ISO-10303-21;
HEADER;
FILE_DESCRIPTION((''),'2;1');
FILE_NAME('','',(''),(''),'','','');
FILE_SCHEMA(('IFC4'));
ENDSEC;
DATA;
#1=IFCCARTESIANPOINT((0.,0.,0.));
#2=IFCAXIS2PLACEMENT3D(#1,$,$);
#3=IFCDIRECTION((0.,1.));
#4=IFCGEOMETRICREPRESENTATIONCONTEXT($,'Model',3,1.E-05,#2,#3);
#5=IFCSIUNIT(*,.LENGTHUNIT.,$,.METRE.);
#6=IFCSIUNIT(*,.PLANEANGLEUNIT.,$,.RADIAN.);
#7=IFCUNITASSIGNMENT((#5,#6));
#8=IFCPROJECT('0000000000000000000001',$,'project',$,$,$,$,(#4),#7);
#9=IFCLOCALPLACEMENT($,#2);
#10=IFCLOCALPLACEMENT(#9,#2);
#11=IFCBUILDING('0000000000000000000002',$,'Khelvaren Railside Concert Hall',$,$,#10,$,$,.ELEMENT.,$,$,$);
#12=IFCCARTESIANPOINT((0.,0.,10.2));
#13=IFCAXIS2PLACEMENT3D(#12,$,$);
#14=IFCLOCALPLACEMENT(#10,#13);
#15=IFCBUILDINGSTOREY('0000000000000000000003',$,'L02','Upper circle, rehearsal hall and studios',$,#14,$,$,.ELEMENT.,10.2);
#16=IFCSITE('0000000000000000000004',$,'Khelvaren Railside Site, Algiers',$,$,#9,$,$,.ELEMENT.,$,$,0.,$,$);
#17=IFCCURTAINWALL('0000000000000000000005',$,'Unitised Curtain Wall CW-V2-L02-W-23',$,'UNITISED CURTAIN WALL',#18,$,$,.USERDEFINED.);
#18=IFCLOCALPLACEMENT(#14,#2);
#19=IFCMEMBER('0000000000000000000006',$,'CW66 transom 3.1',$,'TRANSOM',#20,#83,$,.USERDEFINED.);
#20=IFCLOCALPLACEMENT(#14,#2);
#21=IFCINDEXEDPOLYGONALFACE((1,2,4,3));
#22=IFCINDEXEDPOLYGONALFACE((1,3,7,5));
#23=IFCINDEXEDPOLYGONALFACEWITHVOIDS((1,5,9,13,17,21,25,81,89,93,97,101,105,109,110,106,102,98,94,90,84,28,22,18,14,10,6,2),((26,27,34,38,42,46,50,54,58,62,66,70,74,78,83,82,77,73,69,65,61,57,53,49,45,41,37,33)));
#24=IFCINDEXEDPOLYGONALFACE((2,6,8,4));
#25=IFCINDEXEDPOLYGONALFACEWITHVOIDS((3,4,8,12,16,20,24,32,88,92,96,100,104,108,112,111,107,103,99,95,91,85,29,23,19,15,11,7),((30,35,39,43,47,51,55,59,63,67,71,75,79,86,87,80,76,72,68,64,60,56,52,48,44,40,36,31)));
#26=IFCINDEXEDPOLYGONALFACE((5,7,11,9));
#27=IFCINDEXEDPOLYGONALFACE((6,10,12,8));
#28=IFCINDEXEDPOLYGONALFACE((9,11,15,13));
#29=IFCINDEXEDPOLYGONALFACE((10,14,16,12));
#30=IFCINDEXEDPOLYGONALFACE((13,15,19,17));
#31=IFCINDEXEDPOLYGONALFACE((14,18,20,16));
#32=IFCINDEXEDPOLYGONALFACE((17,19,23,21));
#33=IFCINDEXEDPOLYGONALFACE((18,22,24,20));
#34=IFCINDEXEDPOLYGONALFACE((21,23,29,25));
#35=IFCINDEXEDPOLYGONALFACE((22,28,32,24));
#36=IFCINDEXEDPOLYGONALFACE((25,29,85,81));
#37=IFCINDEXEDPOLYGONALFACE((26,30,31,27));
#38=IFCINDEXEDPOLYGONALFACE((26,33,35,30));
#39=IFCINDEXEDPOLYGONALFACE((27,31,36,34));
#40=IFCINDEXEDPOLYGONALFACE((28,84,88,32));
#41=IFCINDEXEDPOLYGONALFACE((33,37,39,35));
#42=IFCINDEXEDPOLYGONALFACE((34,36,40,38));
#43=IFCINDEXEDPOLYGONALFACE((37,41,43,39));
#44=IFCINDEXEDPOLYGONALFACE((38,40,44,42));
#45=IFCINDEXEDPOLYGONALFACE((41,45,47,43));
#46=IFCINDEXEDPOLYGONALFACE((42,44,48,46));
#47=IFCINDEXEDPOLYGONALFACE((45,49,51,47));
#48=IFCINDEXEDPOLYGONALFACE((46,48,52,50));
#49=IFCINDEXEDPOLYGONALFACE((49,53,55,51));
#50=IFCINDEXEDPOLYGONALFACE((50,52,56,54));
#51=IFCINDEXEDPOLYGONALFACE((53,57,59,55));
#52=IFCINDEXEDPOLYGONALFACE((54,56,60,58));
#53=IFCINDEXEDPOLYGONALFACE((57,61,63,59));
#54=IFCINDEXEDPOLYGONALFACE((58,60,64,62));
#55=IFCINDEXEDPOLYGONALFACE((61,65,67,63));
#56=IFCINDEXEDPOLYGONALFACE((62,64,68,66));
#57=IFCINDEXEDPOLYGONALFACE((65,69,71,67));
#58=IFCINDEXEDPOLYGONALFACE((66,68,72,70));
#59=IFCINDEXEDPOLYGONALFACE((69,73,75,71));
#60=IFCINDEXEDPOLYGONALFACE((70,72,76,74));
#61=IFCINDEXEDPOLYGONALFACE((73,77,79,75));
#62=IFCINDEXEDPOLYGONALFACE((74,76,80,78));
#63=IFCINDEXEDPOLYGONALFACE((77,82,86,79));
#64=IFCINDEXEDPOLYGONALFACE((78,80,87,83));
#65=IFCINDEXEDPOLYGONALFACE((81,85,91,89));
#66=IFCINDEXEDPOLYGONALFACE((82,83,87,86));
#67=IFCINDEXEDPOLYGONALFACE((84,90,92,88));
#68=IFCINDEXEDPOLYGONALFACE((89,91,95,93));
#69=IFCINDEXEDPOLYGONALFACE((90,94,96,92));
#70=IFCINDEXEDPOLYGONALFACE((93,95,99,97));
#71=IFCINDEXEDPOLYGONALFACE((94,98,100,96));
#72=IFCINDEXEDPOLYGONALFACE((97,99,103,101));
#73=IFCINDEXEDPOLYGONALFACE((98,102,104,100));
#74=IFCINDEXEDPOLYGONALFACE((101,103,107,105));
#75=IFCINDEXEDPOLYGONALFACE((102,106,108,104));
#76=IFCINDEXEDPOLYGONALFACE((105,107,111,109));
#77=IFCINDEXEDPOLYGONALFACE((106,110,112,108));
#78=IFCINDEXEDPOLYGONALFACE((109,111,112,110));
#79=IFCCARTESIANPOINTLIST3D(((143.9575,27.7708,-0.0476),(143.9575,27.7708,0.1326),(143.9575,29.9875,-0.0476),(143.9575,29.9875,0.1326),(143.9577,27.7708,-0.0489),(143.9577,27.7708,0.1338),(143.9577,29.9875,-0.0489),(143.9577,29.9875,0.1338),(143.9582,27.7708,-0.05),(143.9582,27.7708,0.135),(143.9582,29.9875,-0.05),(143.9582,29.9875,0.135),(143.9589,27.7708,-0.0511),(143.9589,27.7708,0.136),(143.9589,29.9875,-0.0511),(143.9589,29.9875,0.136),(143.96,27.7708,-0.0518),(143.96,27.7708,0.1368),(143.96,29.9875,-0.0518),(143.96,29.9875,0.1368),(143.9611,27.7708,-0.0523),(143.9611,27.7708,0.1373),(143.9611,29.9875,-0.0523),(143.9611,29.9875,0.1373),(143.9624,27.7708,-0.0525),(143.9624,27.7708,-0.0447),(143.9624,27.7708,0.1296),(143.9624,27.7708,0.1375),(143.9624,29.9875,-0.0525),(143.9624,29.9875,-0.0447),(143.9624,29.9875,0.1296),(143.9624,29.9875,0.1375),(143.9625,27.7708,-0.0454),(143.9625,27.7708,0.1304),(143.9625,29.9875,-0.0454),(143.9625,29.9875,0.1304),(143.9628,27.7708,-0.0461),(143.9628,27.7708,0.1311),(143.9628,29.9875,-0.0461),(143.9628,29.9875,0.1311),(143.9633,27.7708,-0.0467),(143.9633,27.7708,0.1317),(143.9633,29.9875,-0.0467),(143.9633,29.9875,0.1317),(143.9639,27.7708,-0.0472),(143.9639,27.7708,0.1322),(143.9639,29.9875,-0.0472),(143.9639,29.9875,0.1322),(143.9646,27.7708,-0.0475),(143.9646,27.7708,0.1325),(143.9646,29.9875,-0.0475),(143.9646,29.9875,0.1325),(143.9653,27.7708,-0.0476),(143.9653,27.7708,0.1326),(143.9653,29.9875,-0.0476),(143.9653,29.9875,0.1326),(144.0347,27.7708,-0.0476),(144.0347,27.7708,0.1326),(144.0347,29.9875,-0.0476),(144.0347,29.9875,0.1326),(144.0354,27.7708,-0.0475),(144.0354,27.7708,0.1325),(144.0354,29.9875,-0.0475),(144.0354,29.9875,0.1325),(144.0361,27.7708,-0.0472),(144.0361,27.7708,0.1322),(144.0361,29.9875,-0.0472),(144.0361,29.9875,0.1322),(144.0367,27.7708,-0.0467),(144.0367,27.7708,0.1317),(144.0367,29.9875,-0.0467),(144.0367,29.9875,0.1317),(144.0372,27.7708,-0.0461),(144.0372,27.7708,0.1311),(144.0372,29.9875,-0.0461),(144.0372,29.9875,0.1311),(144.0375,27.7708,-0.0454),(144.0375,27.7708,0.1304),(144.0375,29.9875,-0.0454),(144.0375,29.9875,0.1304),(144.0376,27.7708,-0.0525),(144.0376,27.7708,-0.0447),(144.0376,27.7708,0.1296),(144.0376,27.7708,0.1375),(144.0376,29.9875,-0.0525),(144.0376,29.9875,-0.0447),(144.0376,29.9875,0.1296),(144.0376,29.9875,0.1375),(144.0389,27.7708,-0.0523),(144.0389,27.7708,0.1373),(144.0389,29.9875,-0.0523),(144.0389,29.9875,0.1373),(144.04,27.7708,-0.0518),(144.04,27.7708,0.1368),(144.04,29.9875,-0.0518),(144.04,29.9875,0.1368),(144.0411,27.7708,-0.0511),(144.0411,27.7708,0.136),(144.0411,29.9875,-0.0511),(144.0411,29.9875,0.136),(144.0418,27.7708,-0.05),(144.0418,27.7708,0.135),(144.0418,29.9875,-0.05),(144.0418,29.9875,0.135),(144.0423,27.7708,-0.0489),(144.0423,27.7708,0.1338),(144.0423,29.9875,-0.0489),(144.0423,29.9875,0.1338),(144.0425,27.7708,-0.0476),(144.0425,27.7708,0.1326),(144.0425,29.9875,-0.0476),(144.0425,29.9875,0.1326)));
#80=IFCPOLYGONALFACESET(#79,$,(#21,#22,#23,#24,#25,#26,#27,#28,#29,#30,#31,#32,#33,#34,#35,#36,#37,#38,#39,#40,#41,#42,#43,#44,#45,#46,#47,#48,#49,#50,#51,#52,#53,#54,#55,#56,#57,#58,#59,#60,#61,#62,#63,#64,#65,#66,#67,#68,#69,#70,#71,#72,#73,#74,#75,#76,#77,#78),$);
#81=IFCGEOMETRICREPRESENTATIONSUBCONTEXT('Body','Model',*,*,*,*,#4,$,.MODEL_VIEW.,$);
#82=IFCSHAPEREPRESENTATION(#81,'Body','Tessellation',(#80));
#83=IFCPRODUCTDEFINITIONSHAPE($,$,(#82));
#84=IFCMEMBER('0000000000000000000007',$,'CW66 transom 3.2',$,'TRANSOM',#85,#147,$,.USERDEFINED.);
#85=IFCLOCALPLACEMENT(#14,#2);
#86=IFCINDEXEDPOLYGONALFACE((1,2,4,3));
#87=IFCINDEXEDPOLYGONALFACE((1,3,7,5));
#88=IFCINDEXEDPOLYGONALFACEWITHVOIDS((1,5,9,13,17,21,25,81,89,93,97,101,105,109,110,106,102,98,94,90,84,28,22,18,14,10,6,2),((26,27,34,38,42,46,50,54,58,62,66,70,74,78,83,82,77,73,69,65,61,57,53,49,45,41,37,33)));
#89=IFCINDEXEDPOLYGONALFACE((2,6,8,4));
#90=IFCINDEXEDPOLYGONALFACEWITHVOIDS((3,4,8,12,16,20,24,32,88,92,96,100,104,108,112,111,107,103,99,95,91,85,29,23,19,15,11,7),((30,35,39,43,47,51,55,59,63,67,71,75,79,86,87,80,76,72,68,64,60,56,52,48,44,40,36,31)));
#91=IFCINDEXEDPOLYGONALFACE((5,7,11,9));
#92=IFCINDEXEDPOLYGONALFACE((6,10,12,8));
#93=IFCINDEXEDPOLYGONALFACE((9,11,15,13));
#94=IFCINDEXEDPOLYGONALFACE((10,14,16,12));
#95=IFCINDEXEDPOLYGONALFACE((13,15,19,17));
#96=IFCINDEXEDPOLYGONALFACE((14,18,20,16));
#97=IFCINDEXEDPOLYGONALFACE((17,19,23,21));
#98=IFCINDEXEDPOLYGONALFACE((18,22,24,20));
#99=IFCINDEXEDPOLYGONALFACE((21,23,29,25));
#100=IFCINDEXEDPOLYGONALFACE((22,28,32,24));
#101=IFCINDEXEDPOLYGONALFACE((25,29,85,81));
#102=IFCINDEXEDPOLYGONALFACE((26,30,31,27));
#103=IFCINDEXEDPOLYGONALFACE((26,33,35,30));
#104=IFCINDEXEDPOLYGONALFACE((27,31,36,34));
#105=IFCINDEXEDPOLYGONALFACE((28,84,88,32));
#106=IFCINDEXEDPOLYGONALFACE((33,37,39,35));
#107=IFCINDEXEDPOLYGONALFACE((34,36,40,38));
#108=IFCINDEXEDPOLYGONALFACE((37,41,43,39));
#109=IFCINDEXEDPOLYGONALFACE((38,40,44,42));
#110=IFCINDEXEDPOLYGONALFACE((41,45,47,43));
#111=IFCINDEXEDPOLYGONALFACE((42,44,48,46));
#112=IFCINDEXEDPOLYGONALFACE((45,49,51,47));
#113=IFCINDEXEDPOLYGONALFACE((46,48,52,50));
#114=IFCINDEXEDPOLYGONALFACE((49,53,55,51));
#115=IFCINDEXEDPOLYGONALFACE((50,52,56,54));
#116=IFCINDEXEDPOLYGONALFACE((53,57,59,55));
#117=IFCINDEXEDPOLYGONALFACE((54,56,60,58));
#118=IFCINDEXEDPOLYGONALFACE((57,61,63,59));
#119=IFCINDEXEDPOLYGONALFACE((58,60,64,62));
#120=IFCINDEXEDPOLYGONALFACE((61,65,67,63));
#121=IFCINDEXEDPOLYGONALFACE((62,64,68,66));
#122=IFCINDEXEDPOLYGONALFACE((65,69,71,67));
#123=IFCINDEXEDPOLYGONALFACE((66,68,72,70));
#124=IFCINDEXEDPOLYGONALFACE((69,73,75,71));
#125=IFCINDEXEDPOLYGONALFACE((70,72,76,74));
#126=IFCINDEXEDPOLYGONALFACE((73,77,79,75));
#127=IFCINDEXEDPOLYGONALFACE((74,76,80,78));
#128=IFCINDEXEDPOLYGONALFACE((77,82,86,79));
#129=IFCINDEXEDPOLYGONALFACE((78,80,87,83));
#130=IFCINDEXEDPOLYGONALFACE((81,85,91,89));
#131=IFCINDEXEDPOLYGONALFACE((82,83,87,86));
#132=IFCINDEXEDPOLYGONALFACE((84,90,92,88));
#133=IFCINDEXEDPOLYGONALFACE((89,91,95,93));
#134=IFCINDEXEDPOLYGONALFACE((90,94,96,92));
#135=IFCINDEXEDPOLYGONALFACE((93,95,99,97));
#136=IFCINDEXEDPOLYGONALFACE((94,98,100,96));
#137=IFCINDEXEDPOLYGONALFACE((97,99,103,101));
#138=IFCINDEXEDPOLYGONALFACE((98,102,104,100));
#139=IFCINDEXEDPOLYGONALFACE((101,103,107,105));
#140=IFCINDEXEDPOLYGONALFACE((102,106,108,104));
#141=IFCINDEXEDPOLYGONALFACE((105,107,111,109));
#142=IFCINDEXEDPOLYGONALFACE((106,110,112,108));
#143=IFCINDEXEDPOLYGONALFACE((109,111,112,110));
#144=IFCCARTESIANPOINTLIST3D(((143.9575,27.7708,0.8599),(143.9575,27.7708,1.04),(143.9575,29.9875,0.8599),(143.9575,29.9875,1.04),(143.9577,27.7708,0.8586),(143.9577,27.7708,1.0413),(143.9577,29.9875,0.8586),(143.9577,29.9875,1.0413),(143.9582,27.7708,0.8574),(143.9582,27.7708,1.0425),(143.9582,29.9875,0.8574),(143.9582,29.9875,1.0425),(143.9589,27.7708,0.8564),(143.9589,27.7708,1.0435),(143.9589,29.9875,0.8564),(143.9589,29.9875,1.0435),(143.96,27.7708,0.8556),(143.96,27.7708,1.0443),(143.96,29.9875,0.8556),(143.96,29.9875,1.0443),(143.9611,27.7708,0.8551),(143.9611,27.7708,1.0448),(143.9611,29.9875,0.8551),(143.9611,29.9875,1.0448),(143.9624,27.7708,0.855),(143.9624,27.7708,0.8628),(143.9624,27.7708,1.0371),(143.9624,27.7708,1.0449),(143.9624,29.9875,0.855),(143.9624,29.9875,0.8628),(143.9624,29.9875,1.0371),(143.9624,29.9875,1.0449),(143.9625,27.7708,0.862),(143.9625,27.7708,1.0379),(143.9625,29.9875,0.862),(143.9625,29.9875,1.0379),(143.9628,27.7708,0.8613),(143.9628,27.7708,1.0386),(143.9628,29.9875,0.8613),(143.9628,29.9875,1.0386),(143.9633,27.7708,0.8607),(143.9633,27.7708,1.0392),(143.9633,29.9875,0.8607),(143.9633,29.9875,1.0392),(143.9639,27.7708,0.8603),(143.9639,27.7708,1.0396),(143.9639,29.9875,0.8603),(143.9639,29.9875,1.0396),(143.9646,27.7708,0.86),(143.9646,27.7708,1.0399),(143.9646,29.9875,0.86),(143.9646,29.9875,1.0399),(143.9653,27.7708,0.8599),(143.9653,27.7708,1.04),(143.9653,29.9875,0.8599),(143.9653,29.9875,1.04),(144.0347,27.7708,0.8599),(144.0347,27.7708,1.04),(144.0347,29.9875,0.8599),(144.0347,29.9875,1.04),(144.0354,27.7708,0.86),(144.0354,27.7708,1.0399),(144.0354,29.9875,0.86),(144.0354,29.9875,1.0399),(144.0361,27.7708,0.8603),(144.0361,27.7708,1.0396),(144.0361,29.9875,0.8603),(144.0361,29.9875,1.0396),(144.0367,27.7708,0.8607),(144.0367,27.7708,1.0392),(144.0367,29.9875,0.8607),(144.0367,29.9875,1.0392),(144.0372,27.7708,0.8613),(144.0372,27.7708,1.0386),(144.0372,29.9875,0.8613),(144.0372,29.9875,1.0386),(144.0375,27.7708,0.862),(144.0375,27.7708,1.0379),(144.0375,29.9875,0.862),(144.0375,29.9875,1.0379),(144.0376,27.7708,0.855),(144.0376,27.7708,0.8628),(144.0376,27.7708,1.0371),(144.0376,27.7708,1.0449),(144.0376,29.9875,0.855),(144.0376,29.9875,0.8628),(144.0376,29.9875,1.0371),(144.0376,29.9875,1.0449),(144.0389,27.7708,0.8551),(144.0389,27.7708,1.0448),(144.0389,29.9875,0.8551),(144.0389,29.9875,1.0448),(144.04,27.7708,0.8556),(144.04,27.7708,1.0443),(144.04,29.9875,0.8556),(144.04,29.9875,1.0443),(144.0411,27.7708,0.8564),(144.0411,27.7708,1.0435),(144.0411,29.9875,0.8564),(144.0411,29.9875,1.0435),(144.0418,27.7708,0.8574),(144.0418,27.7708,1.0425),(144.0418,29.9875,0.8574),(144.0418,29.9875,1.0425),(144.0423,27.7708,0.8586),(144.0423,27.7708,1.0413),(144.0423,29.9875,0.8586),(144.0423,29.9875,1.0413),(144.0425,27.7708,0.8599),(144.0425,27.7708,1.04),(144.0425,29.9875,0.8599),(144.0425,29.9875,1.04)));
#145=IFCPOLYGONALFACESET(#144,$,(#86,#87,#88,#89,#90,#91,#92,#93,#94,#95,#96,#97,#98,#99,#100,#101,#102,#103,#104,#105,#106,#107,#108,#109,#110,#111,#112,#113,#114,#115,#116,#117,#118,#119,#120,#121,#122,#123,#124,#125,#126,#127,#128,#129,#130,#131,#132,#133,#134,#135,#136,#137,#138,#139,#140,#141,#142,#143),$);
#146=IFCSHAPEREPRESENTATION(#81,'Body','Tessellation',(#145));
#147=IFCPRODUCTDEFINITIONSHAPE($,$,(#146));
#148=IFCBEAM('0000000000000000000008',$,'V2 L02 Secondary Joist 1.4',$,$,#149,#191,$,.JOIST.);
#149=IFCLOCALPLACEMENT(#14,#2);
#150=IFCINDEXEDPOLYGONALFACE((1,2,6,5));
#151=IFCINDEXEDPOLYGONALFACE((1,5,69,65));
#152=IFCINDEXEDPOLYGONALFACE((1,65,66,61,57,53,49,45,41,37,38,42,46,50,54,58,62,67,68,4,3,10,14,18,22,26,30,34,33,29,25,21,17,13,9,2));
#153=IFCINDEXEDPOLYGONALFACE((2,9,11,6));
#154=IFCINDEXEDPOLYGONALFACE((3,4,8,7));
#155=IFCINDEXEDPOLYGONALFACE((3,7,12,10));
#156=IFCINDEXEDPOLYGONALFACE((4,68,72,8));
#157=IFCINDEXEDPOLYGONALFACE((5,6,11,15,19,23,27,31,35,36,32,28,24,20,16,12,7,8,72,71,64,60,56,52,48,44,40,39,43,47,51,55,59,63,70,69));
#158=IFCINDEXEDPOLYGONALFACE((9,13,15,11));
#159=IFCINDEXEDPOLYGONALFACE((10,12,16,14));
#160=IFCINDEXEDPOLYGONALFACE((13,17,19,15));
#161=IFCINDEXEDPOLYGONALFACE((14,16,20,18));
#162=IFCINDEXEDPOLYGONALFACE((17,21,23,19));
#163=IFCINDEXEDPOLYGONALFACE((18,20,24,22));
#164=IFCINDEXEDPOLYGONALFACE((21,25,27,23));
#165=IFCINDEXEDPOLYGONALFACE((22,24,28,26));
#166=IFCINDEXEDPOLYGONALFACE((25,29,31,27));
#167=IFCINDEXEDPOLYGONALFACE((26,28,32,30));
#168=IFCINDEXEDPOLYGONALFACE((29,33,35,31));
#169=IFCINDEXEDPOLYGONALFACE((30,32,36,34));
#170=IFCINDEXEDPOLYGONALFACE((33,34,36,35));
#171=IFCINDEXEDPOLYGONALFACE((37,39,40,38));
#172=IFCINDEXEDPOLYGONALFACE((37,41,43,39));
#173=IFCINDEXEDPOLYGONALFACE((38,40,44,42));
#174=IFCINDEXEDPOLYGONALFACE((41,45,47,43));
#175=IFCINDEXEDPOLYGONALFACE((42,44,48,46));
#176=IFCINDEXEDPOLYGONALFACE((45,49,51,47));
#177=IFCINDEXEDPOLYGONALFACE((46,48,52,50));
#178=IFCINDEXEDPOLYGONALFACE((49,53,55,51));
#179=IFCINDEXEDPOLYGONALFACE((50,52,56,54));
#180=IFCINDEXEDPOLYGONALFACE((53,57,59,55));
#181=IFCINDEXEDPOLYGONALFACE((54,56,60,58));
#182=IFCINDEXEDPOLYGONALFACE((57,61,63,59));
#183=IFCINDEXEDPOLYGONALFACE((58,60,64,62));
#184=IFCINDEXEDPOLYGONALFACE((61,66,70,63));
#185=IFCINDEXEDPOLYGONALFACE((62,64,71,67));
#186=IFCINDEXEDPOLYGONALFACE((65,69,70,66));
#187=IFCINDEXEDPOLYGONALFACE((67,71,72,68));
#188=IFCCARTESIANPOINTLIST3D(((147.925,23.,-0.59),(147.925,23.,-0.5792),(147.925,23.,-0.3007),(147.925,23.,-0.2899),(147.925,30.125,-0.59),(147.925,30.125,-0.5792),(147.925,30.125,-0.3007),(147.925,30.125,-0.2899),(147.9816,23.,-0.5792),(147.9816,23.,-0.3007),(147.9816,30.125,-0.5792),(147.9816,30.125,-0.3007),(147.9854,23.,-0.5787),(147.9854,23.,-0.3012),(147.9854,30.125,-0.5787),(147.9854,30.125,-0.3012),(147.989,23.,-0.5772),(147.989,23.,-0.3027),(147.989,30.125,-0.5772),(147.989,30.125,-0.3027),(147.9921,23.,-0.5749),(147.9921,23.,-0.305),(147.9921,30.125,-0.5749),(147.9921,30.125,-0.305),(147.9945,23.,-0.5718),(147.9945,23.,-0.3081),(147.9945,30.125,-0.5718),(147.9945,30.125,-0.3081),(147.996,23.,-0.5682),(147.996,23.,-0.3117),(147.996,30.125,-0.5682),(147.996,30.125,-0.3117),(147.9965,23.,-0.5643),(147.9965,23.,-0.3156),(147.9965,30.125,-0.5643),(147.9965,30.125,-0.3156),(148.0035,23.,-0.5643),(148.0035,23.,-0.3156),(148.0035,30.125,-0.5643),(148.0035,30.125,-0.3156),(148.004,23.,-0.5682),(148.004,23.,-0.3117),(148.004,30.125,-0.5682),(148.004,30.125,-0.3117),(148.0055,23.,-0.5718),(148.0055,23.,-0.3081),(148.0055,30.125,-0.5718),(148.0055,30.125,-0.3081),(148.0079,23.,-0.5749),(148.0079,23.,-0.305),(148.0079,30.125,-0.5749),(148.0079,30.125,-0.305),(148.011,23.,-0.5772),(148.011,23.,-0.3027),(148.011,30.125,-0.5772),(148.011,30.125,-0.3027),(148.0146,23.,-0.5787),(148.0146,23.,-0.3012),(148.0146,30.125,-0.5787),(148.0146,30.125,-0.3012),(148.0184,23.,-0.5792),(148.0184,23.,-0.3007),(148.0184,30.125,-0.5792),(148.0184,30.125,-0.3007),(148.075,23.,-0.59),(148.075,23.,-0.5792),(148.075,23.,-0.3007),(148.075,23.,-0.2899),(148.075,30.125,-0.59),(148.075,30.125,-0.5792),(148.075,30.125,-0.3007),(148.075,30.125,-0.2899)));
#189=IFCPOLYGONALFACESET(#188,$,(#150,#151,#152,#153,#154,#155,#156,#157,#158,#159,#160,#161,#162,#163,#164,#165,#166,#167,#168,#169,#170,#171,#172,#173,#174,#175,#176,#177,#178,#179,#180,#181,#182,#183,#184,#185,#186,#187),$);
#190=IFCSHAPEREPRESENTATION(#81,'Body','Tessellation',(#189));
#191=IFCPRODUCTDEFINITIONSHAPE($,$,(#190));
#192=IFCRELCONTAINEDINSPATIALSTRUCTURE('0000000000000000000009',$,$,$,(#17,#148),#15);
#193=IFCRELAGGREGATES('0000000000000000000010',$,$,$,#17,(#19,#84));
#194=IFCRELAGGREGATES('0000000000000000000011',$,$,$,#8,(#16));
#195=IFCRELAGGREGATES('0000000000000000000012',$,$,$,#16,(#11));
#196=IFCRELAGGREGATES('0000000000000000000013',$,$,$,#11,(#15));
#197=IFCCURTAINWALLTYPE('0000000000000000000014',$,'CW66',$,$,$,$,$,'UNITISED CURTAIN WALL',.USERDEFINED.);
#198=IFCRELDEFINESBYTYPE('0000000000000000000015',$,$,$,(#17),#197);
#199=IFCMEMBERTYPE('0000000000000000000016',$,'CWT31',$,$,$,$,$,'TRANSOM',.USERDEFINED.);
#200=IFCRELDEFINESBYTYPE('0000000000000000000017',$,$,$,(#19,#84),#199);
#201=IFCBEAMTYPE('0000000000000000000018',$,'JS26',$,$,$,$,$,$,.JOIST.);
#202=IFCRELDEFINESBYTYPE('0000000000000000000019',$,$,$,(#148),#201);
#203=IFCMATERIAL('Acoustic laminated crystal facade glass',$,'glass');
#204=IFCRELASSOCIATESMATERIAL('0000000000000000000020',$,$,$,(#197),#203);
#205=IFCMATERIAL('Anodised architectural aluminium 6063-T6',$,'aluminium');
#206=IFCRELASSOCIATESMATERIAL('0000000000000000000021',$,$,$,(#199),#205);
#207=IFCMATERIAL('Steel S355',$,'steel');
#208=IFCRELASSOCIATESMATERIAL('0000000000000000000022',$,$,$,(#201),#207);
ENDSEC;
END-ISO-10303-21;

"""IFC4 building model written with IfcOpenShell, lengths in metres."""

from ifc_helpers import new_model, si_unit, direction, frame, origin, origin_2d, place, context, subcontext, project, spatial, hollow_rectangle, i_section, extrude, material, material_profile, profile_set, type_object, element, aggregate, save


model = new_model("IFC4")

# Units and contexts
model_context = context("Model", 3, precision=1e-05, world=origin(), true_north=direction((0.0, 1.0)))
body_context = subcontext(model_context, "Body", "Model", "MODEL_VIEW")
ifc_project = project(units=[si_unit("LENGTHUNIT", "METRE"), si_unit("PLANEANGLEUNIT", "RADIAN")], contexts=[model_context])

# Site, building, storey
site_placement = place(None, origin())
site = spatial("IfcSite", under=ifc_project, at=site_placement, Name="Khelvaren Railside Site, Algiers", CompositionType="ELEMENT", RefElevation=0.0)
building_placement = place(site_placement, origin())
building = spatial("IfcBuilding", under=site, at=building_placement, Name="Khelvaren Railside Concert Hall", CompositionType="ELEMENT")
storey_placement = place(building_placement, frame((0.0, 0.0, 10.2)))
storey = spatial("IfcBuildingStorey", under=building, at=storey_placement, Name="L02", Description="Upper circle, rehearsal hall and studios", CompositionType="ELEMENT", Elevation=10.2)

# Shared definitions
ifc_material_1 = material(Name="Steel S355", Category="steel")

# Curtain wall, members
ifc_material_2 = material(Name="Acoustic laminated crystal facade glass", Category="glass")
curtain_wall_type = type_object("IfcCurtainWallType", Name="CW66", ElementType="UNITISED CURTAIN WALL", PredefinedType="USERDEFINED", material=ifc_material_2)
curtain_wall_placement = place(storey_placement, origin())
curtain_wall = element("IfcCurtainWall", 1, at=curtain_wall_placement, inside=storey, type_object=curtain_wall_type, Name="Unitised Curtain Wall CW-V2-L02-W-23", ObjectType="UNITISED CURTAIN WALL", PredefinedType="USERDEFINED")
ifc_material_3 = material(Name="Anodised architectural aluminium 6063-T6", Category="aluminium")
ifc_material_profile_1 = material_profile(ifc_material_3, hollow_rectangle(XDim=0.085, YDim=0.1899, WallThickness=0.0049, InnerFilletRadius=0.0029, OuterFilletRadius=0.0049, at=origin_2d()), Name="CWT 85x190x5")
ifc_profile_set_1 = profile_set([ifc_material_profile_1], Name="Anodised architectural aluminium 6063-T6")
member_type_1 = type_object("IfcMemberType", Name="CWT31", ElementType="TRANSOM", PredefinedType="USERDEFINED", material=ifc_profile_set_1)
member_1_placement = place(storey_placement, frame((144.0, 27.7708, 0.0425), z_axis=(0.0, 1.0, 0.0), x_axis=(-1.0, 0.0, 0.0)))
member_1 = element("IfcMember", 2, at=member_1_placement, type_object=member_type_1, Name="CW66 transom 3.1", ObjectType="TRANSOM", PredefinedType="USERDEFINED", context=body_context, shape_type="SweptSolid", body=[
    extrude(hollow_rectangle(XDim=0.085, YDim=0.1899, WallThickness=0.0049, InnerFilletRadius=0.0029, OuterFilletRadius=0.0049, at=origin_2d()), origin(), (0.0, 0.0, 1.0), 2.2168),
])
member_2_placement = place(storey_placement, frame((144.0, 27.7708, 0.95), z_axis=(0.0, 1.0, 0.0), x_axis=(-1.0, 0.0, 0.0)))
member_2 = element("IfcMember", 3, at=member_2_placement, type_object=member_type_1, Name="CW66 transom 3.2", ObjectType="TRANSOM", PredefinedType="USERDEFINED", context=body_context, shape_type="SweptSolid", body=[
    extrude(hollow_rectangle(XDim=0.085, YDim=0.1899, WallThickness=0.0049, InnerFilletRadius=0.0029, OuterFilletRadius=0.0049, at=origin_2d()), origin(), (0.0, 0.0, 1.0), 2.2168),
])

# Beam
ifc_material_profile_2 = material_profile(ifc_material_1, i_section(OverallWidth=0.1499, OverallDepth=0.3, WebThickness=0.0071, FlangeThickness=0.0107, FilletRadius=0.0149, at=origin_2d()), Name="IPE 300")
ifc_profile_set_2 = profile_set([ifc_material_profile_2], Name="Steel S355")
beam_type_1 = type_object("IfcBeamType", Name="JS26", PredefinedType="JOIST", material=ifc_profile_set_2)
beam_1_placement = place(storey_placement, frame((148.0, 23.0, -0.4399), z_axis=(0.0, 1.0, 0.0), x_axis=(-1.0, 0.0, 0.0)))
element("IfcBeam", 4, at=beam_1_placement, inside=storey, type_object=beam_type_1, Name="V2 L02 Secondary Joist 1.4", PredefinedType="JOIST", context=body_context, shape_type="SweptSolid", body=[
    extrude(i_section(OverallWidth=0.1499, OverallDepth=0.3, WebThickness=0.0071, FlangeThickness=0.0107, FilletRadius=0.0149, at=origin_2d()), origin(), (0.0, 0.0, 1.0), 7.125),
])

aggregate(curtain_wall, [member_1, member_2])

save(model, "model.ifc")
